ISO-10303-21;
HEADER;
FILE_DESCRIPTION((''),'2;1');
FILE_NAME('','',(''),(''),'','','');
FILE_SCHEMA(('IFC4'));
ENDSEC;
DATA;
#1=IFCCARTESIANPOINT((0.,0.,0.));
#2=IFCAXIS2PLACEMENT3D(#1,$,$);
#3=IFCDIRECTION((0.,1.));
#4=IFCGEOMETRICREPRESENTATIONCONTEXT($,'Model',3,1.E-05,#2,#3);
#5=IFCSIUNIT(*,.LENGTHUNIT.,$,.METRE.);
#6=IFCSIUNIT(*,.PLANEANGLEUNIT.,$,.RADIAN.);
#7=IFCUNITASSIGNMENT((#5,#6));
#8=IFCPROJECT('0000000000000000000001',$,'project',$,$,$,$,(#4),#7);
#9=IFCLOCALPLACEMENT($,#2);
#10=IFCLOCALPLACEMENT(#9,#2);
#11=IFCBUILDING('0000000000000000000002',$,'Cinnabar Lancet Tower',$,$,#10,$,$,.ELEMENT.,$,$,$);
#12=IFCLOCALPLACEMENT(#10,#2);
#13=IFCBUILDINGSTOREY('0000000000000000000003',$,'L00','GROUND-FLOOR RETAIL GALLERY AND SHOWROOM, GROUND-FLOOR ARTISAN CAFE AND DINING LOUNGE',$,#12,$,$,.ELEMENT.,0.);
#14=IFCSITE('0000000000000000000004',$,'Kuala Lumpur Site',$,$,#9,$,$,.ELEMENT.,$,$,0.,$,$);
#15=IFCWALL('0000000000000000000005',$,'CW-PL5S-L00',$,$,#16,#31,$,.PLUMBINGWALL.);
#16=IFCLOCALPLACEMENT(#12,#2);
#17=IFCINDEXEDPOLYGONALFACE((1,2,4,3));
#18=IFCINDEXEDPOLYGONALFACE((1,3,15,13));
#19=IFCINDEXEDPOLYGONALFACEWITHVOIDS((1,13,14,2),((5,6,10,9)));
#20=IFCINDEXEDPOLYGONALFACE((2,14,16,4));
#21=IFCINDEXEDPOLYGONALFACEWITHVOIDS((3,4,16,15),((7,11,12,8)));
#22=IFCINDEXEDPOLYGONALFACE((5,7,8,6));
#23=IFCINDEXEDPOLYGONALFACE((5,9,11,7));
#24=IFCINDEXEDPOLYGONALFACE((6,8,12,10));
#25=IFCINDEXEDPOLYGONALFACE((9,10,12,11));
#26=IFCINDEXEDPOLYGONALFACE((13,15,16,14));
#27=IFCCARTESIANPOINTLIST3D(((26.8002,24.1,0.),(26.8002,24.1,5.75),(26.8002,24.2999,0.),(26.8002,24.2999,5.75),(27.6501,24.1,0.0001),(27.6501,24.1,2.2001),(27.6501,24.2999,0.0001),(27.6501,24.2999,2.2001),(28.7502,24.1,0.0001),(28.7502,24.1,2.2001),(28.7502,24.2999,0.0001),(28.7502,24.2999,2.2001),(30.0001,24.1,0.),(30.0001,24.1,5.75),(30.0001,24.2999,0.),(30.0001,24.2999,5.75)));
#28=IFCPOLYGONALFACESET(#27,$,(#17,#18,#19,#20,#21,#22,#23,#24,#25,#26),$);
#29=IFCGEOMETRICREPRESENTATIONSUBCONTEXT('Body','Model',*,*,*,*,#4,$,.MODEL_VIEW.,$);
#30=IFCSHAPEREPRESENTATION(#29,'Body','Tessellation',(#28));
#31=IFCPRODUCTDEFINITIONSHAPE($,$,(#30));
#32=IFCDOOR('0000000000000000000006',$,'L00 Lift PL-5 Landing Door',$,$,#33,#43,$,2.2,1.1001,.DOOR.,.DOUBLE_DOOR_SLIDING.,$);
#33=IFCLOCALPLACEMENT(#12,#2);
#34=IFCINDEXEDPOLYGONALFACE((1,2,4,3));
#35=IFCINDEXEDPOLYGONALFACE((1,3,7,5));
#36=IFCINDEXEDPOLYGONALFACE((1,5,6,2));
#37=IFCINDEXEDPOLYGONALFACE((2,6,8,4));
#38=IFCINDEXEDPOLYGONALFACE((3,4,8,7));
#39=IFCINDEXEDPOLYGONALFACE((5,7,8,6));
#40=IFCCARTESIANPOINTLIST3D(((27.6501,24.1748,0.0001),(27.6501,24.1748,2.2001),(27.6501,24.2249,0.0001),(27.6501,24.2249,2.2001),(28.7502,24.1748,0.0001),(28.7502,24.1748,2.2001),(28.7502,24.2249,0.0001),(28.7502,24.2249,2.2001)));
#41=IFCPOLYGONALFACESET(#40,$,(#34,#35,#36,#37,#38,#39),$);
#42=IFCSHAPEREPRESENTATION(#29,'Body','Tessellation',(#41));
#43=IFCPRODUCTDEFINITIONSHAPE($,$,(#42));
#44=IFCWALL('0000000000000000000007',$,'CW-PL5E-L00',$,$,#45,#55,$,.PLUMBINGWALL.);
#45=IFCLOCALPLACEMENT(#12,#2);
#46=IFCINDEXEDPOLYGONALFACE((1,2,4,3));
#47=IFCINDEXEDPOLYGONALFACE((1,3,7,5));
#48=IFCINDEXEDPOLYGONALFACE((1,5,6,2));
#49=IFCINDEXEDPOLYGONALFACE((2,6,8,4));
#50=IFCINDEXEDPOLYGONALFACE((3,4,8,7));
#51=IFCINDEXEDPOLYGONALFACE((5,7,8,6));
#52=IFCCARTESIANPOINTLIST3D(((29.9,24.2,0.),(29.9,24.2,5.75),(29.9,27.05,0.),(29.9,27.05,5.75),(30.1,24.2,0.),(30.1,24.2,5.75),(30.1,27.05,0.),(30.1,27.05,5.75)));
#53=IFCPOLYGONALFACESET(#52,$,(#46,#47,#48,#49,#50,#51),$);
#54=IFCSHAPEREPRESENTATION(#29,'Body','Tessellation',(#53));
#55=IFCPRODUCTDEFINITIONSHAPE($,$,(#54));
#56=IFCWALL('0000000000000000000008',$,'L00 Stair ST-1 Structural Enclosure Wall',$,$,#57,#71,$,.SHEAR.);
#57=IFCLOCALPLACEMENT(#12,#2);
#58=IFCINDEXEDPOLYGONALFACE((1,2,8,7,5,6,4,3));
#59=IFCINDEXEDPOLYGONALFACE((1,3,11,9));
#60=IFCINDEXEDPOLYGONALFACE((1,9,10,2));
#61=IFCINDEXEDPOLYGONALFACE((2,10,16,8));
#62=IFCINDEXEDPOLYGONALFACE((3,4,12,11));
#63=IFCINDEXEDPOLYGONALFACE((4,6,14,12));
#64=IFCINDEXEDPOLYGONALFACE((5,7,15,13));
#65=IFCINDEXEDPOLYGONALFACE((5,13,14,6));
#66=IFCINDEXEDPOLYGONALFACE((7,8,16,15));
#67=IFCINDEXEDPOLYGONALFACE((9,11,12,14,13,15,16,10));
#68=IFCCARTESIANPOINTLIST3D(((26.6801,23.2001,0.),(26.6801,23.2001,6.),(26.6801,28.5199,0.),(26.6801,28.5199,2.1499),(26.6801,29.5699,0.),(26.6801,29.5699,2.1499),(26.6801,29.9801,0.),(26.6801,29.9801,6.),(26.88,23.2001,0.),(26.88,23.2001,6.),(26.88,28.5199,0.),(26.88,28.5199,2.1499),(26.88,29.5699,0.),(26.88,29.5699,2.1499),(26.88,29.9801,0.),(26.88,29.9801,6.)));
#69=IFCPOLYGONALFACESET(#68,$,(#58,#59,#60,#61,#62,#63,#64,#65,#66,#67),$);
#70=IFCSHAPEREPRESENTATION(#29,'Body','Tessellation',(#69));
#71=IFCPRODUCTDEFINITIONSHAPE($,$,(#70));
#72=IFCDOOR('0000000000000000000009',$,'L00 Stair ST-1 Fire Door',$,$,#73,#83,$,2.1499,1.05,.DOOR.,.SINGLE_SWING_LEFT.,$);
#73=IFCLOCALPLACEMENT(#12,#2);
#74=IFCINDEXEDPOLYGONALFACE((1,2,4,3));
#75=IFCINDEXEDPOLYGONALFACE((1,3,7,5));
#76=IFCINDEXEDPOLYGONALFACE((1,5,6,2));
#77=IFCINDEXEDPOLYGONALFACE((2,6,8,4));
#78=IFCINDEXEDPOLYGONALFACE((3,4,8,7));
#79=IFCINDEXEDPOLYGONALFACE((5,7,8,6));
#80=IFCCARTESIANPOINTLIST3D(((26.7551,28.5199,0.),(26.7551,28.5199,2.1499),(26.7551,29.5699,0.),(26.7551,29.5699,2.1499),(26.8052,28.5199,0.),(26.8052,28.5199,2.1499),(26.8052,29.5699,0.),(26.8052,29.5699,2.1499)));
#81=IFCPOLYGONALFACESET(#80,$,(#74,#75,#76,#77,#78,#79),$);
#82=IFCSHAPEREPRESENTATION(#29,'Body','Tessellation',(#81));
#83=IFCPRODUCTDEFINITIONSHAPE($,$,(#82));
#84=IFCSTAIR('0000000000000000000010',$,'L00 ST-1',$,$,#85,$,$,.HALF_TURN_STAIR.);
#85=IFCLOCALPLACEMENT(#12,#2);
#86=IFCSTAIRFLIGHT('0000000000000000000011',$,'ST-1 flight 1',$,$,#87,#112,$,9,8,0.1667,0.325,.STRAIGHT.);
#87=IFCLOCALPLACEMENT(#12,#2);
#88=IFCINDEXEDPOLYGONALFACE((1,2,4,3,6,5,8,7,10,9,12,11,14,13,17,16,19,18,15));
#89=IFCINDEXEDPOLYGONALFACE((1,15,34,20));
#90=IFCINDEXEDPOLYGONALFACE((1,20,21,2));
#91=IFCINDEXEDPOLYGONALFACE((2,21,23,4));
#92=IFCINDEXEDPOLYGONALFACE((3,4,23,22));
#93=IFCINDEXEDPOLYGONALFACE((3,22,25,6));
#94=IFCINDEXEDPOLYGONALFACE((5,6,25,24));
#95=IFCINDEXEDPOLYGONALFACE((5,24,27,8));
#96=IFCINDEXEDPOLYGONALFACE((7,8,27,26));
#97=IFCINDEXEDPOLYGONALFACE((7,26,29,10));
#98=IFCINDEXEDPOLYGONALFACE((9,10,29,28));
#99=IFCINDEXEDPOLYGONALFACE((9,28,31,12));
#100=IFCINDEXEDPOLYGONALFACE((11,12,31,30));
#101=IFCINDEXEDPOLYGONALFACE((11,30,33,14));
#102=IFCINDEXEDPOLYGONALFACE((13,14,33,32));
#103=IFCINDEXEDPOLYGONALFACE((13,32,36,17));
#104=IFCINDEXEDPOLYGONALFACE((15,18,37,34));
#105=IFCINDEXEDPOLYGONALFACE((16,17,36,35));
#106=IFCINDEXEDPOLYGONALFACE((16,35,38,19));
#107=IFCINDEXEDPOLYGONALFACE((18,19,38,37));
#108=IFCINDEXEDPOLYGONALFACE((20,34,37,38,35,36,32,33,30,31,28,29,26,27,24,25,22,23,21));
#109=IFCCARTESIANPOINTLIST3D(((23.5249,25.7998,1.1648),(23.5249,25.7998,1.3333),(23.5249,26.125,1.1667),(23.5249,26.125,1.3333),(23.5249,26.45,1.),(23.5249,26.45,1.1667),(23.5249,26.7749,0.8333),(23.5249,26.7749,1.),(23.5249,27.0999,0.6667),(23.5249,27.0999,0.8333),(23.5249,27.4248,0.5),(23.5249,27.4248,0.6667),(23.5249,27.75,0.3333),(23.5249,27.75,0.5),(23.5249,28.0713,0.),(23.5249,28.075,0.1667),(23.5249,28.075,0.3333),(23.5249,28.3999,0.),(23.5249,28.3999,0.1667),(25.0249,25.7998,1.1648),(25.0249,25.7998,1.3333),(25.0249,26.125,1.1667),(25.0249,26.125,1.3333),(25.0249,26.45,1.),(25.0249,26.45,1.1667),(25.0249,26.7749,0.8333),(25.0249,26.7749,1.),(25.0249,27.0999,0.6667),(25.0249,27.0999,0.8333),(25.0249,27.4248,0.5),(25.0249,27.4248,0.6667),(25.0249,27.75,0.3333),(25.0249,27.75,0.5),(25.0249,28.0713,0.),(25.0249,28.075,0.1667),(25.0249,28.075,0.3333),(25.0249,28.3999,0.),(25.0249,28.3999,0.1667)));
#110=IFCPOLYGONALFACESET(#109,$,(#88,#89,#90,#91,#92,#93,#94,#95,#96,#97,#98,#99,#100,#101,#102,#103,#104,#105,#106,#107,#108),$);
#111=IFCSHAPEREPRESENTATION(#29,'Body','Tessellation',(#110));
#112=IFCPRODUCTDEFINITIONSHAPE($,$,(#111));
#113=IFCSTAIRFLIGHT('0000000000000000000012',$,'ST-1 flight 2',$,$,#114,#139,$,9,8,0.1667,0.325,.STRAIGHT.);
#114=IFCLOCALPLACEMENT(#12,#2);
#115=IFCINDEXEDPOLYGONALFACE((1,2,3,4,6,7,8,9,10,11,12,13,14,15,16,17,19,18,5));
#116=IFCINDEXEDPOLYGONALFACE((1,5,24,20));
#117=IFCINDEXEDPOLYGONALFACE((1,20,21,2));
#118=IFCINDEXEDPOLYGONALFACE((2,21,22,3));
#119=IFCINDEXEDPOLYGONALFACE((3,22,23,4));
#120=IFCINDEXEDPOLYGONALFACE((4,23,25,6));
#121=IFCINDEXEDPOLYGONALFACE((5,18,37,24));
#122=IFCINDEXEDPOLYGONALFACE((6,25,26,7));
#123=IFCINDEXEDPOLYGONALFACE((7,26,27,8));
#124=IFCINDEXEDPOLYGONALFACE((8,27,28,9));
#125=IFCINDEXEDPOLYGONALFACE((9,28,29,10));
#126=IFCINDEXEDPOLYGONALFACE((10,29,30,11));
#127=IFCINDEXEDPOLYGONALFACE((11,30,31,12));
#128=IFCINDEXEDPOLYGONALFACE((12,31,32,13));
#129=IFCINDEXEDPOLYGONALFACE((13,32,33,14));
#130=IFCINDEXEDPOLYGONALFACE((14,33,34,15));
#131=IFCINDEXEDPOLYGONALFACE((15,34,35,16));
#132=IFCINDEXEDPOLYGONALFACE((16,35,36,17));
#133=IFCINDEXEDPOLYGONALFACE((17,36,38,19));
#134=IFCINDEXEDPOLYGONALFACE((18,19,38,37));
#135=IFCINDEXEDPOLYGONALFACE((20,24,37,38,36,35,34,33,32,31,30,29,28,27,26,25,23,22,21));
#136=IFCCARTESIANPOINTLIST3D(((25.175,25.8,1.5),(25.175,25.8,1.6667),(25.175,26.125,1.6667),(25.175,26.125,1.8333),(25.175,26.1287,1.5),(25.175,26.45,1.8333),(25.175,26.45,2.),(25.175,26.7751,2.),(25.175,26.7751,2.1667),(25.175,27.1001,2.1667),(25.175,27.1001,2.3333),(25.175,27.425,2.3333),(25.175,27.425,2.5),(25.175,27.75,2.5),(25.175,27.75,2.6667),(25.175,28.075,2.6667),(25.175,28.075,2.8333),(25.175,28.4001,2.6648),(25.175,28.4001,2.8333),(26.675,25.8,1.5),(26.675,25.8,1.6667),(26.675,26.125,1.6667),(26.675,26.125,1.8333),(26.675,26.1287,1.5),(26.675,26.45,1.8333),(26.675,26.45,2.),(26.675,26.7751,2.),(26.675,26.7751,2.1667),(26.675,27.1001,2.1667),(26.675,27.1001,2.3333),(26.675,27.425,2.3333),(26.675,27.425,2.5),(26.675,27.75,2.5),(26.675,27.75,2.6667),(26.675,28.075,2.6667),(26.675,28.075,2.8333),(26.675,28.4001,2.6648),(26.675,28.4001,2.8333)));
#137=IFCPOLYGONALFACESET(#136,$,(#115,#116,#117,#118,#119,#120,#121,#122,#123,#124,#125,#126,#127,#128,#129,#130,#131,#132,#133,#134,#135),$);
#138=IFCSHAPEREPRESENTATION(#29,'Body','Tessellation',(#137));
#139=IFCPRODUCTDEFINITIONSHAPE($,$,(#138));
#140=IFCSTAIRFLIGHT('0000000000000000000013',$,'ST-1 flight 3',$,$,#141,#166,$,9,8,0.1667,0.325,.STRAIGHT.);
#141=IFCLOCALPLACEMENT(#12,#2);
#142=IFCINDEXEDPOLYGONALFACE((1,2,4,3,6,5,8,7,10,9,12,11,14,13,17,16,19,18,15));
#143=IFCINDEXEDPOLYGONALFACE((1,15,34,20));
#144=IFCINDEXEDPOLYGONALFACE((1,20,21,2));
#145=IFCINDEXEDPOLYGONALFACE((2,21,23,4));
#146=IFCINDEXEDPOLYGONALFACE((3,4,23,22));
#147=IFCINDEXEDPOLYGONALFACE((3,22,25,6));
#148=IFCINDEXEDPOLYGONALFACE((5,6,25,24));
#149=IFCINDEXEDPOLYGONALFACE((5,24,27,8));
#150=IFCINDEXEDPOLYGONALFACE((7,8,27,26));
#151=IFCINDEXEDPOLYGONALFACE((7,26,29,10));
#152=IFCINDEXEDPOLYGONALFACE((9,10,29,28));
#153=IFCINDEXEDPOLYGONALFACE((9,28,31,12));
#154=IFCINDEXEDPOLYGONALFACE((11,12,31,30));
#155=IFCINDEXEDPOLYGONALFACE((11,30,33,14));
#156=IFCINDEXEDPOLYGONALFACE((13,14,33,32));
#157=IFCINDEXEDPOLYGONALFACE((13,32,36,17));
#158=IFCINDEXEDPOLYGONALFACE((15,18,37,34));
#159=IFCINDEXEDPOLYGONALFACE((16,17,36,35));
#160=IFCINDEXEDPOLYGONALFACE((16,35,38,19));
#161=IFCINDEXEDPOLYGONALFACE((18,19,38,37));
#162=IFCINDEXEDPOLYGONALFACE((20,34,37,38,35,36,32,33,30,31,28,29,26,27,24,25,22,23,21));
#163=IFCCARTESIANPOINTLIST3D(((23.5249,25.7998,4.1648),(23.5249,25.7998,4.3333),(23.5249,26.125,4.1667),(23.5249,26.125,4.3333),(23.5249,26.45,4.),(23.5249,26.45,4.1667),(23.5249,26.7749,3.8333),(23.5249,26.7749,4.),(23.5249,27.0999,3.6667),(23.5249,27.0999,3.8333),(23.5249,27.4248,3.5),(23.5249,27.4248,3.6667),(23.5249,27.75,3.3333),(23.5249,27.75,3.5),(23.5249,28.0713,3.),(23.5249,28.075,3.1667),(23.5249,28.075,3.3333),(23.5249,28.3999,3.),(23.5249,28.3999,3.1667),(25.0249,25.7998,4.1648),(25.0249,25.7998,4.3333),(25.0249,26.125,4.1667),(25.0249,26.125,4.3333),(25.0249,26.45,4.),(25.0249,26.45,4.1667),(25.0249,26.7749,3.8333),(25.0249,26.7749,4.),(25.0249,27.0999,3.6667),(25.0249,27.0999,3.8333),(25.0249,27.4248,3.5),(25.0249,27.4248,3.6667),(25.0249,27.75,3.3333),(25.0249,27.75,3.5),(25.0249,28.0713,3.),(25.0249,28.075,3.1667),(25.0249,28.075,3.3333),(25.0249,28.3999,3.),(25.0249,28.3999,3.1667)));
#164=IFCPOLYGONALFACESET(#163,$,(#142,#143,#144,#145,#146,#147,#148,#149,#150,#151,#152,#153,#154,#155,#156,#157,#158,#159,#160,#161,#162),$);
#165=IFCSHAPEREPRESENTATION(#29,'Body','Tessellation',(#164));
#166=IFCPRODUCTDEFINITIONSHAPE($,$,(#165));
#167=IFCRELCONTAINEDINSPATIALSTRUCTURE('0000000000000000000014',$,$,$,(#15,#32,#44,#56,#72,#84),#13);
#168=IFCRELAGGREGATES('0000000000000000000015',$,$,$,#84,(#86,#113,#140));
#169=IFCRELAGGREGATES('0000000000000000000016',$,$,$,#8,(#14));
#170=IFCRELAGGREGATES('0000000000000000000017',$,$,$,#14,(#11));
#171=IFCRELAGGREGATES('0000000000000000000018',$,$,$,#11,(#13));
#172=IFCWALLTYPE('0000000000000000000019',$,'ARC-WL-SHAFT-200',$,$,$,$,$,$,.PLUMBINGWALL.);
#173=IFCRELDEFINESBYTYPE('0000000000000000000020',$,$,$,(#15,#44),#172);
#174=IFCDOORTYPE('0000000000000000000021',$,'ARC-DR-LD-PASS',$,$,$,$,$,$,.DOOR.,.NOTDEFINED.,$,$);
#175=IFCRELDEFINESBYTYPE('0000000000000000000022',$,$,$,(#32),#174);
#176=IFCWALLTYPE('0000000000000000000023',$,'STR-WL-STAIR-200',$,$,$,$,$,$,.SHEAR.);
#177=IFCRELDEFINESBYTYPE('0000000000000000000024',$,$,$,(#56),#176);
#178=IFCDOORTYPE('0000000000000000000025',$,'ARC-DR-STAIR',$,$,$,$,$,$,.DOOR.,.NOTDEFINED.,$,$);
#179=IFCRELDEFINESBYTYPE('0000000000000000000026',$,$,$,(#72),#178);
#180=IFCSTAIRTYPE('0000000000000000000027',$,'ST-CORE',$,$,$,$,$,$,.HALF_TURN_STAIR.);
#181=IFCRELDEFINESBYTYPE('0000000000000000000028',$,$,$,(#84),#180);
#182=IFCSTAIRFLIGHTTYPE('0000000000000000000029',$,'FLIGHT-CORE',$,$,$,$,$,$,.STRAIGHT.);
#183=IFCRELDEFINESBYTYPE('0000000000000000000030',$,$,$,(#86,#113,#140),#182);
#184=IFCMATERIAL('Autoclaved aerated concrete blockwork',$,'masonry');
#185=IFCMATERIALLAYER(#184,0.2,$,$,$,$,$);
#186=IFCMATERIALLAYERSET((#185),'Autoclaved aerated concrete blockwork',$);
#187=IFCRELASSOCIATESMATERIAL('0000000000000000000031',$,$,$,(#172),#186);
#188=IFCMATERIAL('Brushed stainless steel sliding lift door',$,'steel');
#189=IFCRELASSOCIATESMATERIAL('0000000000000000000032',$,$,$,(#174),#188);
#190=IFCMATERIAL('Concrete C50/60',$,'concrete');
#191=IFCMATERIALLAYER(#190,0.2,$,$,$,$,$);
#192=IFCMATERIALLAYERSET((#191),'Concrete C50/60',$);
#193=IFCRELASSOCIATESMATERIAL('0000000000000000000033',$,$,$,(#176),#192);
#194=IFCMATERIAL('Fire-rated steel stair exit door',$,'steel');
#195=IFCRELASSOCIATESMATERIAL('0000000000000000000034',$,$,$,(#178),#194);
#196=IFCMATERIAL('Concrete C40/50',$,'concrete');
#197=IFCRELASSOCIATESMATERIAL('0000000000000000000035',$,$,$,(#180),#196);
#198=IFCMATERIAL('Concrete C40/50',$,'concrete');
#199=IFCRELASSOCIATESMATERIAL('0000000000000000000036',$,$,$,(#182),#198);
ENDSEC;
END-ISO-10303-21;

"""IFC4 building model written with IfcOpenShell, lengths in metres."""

from ifc_helpers import new_model, si_unit, direction, frame, frame_2d, origin, place, context, subcontext, project, spatial, polyline, rectangle, outline, extrude, material, layer, layer_set, type_object, element, fill, aggregate, save


model = new_model("IFC4")

# Units and contexts
model_context = context("Model", 3, precision=1e-05, world=origin(), true_north=direction((0.0, 1.0)))
body_context = subcontext(model_context, "Body", "Model", "MODEL_VIEW")
ifc_project = project(units=[si_unit("LENGTHUNIT", "METRE"), si_unit("PLANEANGLEUNIT", "RADIAN")], contexts=[model_context])

# Site, building, storey
site_placement = place(None, origin())
site = spatial("IfcSite", under=ifc_project, at=site_placement, Name="Kuala Lumpur Site", CompositionType="ELEMENT", RefElevation=0.0)
building_placement = place(site_placement, origin())
building = spatial("IfcBuilding", under=site, at=building_placement, Name="Cinnabar Lancet Tower", CompositionType="ELEMENT")
storey_placement = place(building_placement, origin())
storey = spatial("IfcBuildingStorey", under=building, at=storey_placement, Name="L00", Description="GROUND-FLOOR RETAIL GALLERY AND SHOWROOM, GROUND-FLOOR ARTISAN CAFE AND DINING LOUNGE", CompositionType="ELEMENT", Elevation=0.0)

# Shared definitions
ifc_material_1 = material(Name="Autoclaved aerated concrete blockwork", Category="masonry")
ifc_layer_1 = layer(ifc_material_1, 0.2)
ifc_layer_set_1 = layer_set([ifc_layer_1], Name="Autoclaved aerated concrete blockwork")
wall_type_1 = type_object("IfcWallType", Name="ARC-WL-SHAFT-200", PredefinedType="PLUMBINGWALL", material=ifc_layer_set_1)

# Shared definitions
ifc_material_2 = material(Name="Brushed stainless steel sliding lift door", Category="steel")
door_type_1 = type_object("IfcDoorType", Name="ARC-DR-LD-PASS", OperationType="NOTDEFINED", PredefinedType="DOOR", material=ifc_material_2)

# Wall, opening, door
wall_1_placement = place(storey_placement, frame((26.8, 24.2, 0.0), z_axis=(0.0, 0.0, 1.0), x_axis=(1.0, 0.0, 0.0)))
wall_1 = element("IfcWall", 1, at=wall_1_placement, inside=storey, type_object=wall_type_1, Name="CW-PL5S-L00", PredefinedType="PLUMBINGWALL", context=body_context, shape_type="SweptSolid", body=[
    extrude(rectangle(XDim=3.2, YDim=0.2, at=frame_2d((1.6001, 0.0))), origin(), (0.0, 0.0, 1.0), 5.75),
])
opening_1_placement = place(wall_1_placement, frame((0.8501, 0.0, 0.0)))
opening_1 = element("IfcOpeningElement", 2, at=opening_1_placement, cuts=wall_1, PredefinedType="OPENING", context=body_context, shape_type="SweptSolid", body=[
    extrude(rectangle(XDim=1.1001, YDim=2.2, at=frame_2d((0.55, 1.1001))), frame((0.0, 0.1099, 0.0), z_axis=(0.0, -1.0, 0.0), x_axis=(1.0, 0.0, 0.0)), (0.0, 0.0, 1.0), 0.22),
])
door_1_placement = place(opening_1_placement, origin())
door_1 = element("IfcDoor", 3, at=door_1_placement, inside=storey, type_object=door_type_1, Name="L00 Lift PL-5 Landing Door", OperationType="DOUBLE_DOOR_SLIDING", OverallHeight=2.2, OverallWidth=1.1001, PredefinedType="DOOR", context=body_context, shape_type="SweptSolid", body=[
    extrude(rectangle(XDim=1.1001, YDim=2.2, at=frame_2d((0.55, 1.1001))), frame((0.0, 0.0249, 0.0), z_axis=(0.0, -1.0, 0.0), x_axis=(1.0, 0.0, 0.0)), (0.0, 0.0, 1.0), 0.05),
])
fill(opening_1, door_1)

# Wall
wall_2_placement = place(storey_placement, frame((30.0, 24.2, 0.0), z_axis=(0.0, 0.0, 1.0), x_axis=(0.0, 1.0, 0.0)))
element("IfcWall", 4, at=wall_2_placement, inside=storey, type_object=wall_type_1, Name="CW-PL5E-L00", PredefinedType="PLUMBINGWALL", context=body_context, shape_type="SweptSolid", body=[
    extrude(rectangle(XDim=2.8501, YDim=0.2, at=frame_2d((1.425, 0.0))), origin(), (0.0, 0.0, 1.0), 5.75),
])

# Wall, opening, door
ifc_material_3 = material(Name="Concrete C50/60", Category="concrete")
ifc_layer_2 = layer(ifc_material_3, 0.2)
ifc_layer_set_2 = layer_set([ifc_layer_2], Name="Concrete C50/60")
wall_type_2 = type_object("IfcWallType", Name="STR-WL-STAIR-200", PredefinedType="SHEAR", material=ifc_layer_set_2)
wall_3_placement = place(storey_placement, frame((26.78, 23.2, 0.0), z_axis=(0.0, 0.0, 1.0), x_axis=(0.0, 1.0, 0.0)))
wall_3 = element("IfcWall", 5, at=wall_3_placement, inside=storey, type_object=wall_type_2, Name="L00 Stair ST-1 Structural Enclosure Wall", PredefinedType="SHEAR", context=body_context, shape_type="SweptSolid", body=[
    extrude(rectangle(XDim=6.78, YDim=0.2, at=frame_2d((3.3901, 0.0))), origin(), (0.0, 0.0, 1.0), 6.0),
])
opening_2_placement = place(wall_3_placement, frame((5.3201, 0.0, 0.0)))
opening_2 = element("IfcOpeningElement", 6, at=opening_2_placement, cuts=wall_3, PredefinedType="OPENING", context=body_context, shape_type="SweptSolid", body=[
    extrude(rectangle(XDim=1.05, YDim=2.1499, at=frame_2d((0.5249, 1.075))), frame((0.0, 0.1099, 0.0), z_axis=(0.0, -1.0, 0.0), x_axis=(1.0, 0.0, 0.0)), (0.0, 0.0, 1.0), 0.22),
])
ifc_material_4 = material(Name="Fire-rated steel stair exit door", Category="steel")
door_type_2 = type_object("IfcDoorType", Name="ARC-DR-STAIR", OperationType="NOTDEFINED", PredefinedType="DOOR", material=ifc_material_4)
door_2_placement = place(opening_2_placement, origin())
door_2 = element("IfcDoor", 7, at=door_2_placement, inside=storey, type_object=door_type_2, Name="L00 Stair ST-1 Fire Door", OperationType="SINGLE_SWING_LEFT", OverallHeight=2.1499, OverallWidth=1.05, PredefinedType="DOOR", context=body_context, shape_type="SweptSolid", body=[
    extrude(rectangle(XDim=1.05, YDim=2.1499, at=frame_2d((0.5249, 1.075))), frame((0.0, 0.0249, 0.0), z_axis=(0.0, -1.0, 0.0), x_axis=(1.0, 0.0, 0.0)), (0.0, 0.0, 1.0), 0.05),
])
fill(opening_2, door_2)

# Stair, stair flights
ifc_material_5 = material(Name="Concrete C40/50", Category="concrete")
stair_type = type_object("IfcStairType", Name="ST-CORE", PredefinedType="HALF_TURN_STAIR", material=ifc_material_5)
stair_placement = place(storey_placement, origin())
stair = element("IfcStair", 8, at=stair_placement, inside=storey, type_object=stair_type, Name="L00 ST-1", PredefinedType="HALF_TURN_STAIR")
ifc_material_6 = material(Name="Concrete C40/50", Category="concrete")
stair_flight_type = type_object("IfcStairFlightType", Name="FLIGHT-CORE", PredefinedType="STRAIGHT", material=ifc_material_6)
stair_flight_1_placement = place(storey_placement, frame((24.2749, 28.3999, 0.0), z_axis=(0.0, 0.0, 1.0), x_axis=(0.0, -1.0, 0.0)))
stair_flight_1 = element("IfcStairFlight", 9, at=stair_flight_1_placement, type_object=stair_flight_type, Name="ST-1 flight 1", NumberOfRisers=9, NumberOfTreads=8, PredefinedType="STRAIGHT", RiserHeight=0.1667, TreadLength=0.325, context=body_context, shape_type="SweptSolid", body=[
    extrude(outline(polyline([(0.0, 0.0), (0.0, 0.1667), (0.325, 0.1667), (0.325, 0.3333), (0.6499, 0.3333), (0.6499, 0.5), (0.9751, 0.5), (0.9751, 0.6667), (1.3, 0.6667), (1.3, 0.8333), (1.625, 0.8333), (1.625, 1.0), (1.95, 1.0), (1.95, 1.1667), (2.2749, 1.1667), (2.2749, 1.3333), (2.6001, 1.3333), (2.6001, 1.5), (2.6001, 1.1648), (0.3286, 0.0), (0.0, 0.0)])), frame((0.0, 0.75, 0.0), z_axis=(0.0, -1.0, 0.0), x_axis=(1.0, 0.0, 0.0)), (0.0, 0.0, 1.0), 1.5),
])
stair_flight_2_placement = place(storey_placement, frame((25.925, 25.8, 1.5), z_axis=(0.0, 0.0, 1.0), x_axis=(0.0, 1.0, 0.0)))
stair_flight_2 = element("IfcStairFlight", 10, at=stair_flight_2_placement, type_object=stair_flight_type, Name="ST-1 flight 2", NumberOfRisers=9, NumberOfTreads=8, PredefinedType="STRAIGHT", RiserHeight=0.1667, TreadLength=0.325, context=body_context, shape_type="SweptSolid", body=[
    extrude(outline(polyline([(0.0, 0.0), (0.0, 0.1667), (0.325, 0.1667), (0.325, 0.3333), (0.6499, 0.3333), (0.6499, 0.5), (0.9751, 0.5), (0.9751, 0.6667), (1.3, 0.6667), (1.3, 0.8333), (1.625, 0.8333), (1.625, 1.0), (1.95, 1.0), (1.95, 1.1667), (2.2749, 1.1667), (2.2749, 1.3333), (2.6001, 1.3333), (2.6001, 1.5), (2.6001, 1.1648), (0.3286, 0.0), (0.0, 0.0)])), frame((0.0, 0.75, 0.0), z_axis=(0.0, -1.0, 0.0), x_axis=(1.0, 0.0, 0.0)), (0.0, 0.0, 1.0), 1.5),
])
stair_flight_3_placement = place(storey_placement, frame((24.2749, 28.3999, 3.0), z_axis=(0.0, 0.0, 1.0), x_axis=(0.0, -1.0, 0.0)))
stair_flight_3 = element("IfcStairFlight", 11, at=stair_flight_3_placement, type_object=stair_flight_type, Name="ST-1 flight 3", NumberOfRisers=9, NumberOfTreads=8, PredefinedType="STRAIGHT", RiserHeight=0.1667, TreadLength=0.325, context=body_context, shape_type="SweptSolid", body=[
    extrude(outline(polyline([(0.0, 0.0), (0.0, 0.1667), (0.325, 0.1667), (0.325, 0.3333), (0.6499, 0.3333), (0.6499, 0.5), (0.9751, 0.5), (0.9751, 0.6667), (1.3, 0.6667), (1.3, 0.8333), (1.625, 0.8333), (1.625, 1.0), (1.95, 1.0), (1.95, 1.1667), (2.2749, 1.1667), (2.2749, 1.3333), (2.6001, 1.3333), (2.6001, 1.5), (2.6001, 1.1648), (0.3286, 0.0), (0.0, 0.0)])), frame((0.0, 0.75, 0.0), z_axis=(0.0, -1.0, 0.0), x_axis=(1.0, 0.0, 0.0)), (0.0, 0.0, 1.0), 1.5),
])
aggregate(stair, [stair_flight_1, stair_flight_2, stair_flight_3])

save(model, "model.ifc")
